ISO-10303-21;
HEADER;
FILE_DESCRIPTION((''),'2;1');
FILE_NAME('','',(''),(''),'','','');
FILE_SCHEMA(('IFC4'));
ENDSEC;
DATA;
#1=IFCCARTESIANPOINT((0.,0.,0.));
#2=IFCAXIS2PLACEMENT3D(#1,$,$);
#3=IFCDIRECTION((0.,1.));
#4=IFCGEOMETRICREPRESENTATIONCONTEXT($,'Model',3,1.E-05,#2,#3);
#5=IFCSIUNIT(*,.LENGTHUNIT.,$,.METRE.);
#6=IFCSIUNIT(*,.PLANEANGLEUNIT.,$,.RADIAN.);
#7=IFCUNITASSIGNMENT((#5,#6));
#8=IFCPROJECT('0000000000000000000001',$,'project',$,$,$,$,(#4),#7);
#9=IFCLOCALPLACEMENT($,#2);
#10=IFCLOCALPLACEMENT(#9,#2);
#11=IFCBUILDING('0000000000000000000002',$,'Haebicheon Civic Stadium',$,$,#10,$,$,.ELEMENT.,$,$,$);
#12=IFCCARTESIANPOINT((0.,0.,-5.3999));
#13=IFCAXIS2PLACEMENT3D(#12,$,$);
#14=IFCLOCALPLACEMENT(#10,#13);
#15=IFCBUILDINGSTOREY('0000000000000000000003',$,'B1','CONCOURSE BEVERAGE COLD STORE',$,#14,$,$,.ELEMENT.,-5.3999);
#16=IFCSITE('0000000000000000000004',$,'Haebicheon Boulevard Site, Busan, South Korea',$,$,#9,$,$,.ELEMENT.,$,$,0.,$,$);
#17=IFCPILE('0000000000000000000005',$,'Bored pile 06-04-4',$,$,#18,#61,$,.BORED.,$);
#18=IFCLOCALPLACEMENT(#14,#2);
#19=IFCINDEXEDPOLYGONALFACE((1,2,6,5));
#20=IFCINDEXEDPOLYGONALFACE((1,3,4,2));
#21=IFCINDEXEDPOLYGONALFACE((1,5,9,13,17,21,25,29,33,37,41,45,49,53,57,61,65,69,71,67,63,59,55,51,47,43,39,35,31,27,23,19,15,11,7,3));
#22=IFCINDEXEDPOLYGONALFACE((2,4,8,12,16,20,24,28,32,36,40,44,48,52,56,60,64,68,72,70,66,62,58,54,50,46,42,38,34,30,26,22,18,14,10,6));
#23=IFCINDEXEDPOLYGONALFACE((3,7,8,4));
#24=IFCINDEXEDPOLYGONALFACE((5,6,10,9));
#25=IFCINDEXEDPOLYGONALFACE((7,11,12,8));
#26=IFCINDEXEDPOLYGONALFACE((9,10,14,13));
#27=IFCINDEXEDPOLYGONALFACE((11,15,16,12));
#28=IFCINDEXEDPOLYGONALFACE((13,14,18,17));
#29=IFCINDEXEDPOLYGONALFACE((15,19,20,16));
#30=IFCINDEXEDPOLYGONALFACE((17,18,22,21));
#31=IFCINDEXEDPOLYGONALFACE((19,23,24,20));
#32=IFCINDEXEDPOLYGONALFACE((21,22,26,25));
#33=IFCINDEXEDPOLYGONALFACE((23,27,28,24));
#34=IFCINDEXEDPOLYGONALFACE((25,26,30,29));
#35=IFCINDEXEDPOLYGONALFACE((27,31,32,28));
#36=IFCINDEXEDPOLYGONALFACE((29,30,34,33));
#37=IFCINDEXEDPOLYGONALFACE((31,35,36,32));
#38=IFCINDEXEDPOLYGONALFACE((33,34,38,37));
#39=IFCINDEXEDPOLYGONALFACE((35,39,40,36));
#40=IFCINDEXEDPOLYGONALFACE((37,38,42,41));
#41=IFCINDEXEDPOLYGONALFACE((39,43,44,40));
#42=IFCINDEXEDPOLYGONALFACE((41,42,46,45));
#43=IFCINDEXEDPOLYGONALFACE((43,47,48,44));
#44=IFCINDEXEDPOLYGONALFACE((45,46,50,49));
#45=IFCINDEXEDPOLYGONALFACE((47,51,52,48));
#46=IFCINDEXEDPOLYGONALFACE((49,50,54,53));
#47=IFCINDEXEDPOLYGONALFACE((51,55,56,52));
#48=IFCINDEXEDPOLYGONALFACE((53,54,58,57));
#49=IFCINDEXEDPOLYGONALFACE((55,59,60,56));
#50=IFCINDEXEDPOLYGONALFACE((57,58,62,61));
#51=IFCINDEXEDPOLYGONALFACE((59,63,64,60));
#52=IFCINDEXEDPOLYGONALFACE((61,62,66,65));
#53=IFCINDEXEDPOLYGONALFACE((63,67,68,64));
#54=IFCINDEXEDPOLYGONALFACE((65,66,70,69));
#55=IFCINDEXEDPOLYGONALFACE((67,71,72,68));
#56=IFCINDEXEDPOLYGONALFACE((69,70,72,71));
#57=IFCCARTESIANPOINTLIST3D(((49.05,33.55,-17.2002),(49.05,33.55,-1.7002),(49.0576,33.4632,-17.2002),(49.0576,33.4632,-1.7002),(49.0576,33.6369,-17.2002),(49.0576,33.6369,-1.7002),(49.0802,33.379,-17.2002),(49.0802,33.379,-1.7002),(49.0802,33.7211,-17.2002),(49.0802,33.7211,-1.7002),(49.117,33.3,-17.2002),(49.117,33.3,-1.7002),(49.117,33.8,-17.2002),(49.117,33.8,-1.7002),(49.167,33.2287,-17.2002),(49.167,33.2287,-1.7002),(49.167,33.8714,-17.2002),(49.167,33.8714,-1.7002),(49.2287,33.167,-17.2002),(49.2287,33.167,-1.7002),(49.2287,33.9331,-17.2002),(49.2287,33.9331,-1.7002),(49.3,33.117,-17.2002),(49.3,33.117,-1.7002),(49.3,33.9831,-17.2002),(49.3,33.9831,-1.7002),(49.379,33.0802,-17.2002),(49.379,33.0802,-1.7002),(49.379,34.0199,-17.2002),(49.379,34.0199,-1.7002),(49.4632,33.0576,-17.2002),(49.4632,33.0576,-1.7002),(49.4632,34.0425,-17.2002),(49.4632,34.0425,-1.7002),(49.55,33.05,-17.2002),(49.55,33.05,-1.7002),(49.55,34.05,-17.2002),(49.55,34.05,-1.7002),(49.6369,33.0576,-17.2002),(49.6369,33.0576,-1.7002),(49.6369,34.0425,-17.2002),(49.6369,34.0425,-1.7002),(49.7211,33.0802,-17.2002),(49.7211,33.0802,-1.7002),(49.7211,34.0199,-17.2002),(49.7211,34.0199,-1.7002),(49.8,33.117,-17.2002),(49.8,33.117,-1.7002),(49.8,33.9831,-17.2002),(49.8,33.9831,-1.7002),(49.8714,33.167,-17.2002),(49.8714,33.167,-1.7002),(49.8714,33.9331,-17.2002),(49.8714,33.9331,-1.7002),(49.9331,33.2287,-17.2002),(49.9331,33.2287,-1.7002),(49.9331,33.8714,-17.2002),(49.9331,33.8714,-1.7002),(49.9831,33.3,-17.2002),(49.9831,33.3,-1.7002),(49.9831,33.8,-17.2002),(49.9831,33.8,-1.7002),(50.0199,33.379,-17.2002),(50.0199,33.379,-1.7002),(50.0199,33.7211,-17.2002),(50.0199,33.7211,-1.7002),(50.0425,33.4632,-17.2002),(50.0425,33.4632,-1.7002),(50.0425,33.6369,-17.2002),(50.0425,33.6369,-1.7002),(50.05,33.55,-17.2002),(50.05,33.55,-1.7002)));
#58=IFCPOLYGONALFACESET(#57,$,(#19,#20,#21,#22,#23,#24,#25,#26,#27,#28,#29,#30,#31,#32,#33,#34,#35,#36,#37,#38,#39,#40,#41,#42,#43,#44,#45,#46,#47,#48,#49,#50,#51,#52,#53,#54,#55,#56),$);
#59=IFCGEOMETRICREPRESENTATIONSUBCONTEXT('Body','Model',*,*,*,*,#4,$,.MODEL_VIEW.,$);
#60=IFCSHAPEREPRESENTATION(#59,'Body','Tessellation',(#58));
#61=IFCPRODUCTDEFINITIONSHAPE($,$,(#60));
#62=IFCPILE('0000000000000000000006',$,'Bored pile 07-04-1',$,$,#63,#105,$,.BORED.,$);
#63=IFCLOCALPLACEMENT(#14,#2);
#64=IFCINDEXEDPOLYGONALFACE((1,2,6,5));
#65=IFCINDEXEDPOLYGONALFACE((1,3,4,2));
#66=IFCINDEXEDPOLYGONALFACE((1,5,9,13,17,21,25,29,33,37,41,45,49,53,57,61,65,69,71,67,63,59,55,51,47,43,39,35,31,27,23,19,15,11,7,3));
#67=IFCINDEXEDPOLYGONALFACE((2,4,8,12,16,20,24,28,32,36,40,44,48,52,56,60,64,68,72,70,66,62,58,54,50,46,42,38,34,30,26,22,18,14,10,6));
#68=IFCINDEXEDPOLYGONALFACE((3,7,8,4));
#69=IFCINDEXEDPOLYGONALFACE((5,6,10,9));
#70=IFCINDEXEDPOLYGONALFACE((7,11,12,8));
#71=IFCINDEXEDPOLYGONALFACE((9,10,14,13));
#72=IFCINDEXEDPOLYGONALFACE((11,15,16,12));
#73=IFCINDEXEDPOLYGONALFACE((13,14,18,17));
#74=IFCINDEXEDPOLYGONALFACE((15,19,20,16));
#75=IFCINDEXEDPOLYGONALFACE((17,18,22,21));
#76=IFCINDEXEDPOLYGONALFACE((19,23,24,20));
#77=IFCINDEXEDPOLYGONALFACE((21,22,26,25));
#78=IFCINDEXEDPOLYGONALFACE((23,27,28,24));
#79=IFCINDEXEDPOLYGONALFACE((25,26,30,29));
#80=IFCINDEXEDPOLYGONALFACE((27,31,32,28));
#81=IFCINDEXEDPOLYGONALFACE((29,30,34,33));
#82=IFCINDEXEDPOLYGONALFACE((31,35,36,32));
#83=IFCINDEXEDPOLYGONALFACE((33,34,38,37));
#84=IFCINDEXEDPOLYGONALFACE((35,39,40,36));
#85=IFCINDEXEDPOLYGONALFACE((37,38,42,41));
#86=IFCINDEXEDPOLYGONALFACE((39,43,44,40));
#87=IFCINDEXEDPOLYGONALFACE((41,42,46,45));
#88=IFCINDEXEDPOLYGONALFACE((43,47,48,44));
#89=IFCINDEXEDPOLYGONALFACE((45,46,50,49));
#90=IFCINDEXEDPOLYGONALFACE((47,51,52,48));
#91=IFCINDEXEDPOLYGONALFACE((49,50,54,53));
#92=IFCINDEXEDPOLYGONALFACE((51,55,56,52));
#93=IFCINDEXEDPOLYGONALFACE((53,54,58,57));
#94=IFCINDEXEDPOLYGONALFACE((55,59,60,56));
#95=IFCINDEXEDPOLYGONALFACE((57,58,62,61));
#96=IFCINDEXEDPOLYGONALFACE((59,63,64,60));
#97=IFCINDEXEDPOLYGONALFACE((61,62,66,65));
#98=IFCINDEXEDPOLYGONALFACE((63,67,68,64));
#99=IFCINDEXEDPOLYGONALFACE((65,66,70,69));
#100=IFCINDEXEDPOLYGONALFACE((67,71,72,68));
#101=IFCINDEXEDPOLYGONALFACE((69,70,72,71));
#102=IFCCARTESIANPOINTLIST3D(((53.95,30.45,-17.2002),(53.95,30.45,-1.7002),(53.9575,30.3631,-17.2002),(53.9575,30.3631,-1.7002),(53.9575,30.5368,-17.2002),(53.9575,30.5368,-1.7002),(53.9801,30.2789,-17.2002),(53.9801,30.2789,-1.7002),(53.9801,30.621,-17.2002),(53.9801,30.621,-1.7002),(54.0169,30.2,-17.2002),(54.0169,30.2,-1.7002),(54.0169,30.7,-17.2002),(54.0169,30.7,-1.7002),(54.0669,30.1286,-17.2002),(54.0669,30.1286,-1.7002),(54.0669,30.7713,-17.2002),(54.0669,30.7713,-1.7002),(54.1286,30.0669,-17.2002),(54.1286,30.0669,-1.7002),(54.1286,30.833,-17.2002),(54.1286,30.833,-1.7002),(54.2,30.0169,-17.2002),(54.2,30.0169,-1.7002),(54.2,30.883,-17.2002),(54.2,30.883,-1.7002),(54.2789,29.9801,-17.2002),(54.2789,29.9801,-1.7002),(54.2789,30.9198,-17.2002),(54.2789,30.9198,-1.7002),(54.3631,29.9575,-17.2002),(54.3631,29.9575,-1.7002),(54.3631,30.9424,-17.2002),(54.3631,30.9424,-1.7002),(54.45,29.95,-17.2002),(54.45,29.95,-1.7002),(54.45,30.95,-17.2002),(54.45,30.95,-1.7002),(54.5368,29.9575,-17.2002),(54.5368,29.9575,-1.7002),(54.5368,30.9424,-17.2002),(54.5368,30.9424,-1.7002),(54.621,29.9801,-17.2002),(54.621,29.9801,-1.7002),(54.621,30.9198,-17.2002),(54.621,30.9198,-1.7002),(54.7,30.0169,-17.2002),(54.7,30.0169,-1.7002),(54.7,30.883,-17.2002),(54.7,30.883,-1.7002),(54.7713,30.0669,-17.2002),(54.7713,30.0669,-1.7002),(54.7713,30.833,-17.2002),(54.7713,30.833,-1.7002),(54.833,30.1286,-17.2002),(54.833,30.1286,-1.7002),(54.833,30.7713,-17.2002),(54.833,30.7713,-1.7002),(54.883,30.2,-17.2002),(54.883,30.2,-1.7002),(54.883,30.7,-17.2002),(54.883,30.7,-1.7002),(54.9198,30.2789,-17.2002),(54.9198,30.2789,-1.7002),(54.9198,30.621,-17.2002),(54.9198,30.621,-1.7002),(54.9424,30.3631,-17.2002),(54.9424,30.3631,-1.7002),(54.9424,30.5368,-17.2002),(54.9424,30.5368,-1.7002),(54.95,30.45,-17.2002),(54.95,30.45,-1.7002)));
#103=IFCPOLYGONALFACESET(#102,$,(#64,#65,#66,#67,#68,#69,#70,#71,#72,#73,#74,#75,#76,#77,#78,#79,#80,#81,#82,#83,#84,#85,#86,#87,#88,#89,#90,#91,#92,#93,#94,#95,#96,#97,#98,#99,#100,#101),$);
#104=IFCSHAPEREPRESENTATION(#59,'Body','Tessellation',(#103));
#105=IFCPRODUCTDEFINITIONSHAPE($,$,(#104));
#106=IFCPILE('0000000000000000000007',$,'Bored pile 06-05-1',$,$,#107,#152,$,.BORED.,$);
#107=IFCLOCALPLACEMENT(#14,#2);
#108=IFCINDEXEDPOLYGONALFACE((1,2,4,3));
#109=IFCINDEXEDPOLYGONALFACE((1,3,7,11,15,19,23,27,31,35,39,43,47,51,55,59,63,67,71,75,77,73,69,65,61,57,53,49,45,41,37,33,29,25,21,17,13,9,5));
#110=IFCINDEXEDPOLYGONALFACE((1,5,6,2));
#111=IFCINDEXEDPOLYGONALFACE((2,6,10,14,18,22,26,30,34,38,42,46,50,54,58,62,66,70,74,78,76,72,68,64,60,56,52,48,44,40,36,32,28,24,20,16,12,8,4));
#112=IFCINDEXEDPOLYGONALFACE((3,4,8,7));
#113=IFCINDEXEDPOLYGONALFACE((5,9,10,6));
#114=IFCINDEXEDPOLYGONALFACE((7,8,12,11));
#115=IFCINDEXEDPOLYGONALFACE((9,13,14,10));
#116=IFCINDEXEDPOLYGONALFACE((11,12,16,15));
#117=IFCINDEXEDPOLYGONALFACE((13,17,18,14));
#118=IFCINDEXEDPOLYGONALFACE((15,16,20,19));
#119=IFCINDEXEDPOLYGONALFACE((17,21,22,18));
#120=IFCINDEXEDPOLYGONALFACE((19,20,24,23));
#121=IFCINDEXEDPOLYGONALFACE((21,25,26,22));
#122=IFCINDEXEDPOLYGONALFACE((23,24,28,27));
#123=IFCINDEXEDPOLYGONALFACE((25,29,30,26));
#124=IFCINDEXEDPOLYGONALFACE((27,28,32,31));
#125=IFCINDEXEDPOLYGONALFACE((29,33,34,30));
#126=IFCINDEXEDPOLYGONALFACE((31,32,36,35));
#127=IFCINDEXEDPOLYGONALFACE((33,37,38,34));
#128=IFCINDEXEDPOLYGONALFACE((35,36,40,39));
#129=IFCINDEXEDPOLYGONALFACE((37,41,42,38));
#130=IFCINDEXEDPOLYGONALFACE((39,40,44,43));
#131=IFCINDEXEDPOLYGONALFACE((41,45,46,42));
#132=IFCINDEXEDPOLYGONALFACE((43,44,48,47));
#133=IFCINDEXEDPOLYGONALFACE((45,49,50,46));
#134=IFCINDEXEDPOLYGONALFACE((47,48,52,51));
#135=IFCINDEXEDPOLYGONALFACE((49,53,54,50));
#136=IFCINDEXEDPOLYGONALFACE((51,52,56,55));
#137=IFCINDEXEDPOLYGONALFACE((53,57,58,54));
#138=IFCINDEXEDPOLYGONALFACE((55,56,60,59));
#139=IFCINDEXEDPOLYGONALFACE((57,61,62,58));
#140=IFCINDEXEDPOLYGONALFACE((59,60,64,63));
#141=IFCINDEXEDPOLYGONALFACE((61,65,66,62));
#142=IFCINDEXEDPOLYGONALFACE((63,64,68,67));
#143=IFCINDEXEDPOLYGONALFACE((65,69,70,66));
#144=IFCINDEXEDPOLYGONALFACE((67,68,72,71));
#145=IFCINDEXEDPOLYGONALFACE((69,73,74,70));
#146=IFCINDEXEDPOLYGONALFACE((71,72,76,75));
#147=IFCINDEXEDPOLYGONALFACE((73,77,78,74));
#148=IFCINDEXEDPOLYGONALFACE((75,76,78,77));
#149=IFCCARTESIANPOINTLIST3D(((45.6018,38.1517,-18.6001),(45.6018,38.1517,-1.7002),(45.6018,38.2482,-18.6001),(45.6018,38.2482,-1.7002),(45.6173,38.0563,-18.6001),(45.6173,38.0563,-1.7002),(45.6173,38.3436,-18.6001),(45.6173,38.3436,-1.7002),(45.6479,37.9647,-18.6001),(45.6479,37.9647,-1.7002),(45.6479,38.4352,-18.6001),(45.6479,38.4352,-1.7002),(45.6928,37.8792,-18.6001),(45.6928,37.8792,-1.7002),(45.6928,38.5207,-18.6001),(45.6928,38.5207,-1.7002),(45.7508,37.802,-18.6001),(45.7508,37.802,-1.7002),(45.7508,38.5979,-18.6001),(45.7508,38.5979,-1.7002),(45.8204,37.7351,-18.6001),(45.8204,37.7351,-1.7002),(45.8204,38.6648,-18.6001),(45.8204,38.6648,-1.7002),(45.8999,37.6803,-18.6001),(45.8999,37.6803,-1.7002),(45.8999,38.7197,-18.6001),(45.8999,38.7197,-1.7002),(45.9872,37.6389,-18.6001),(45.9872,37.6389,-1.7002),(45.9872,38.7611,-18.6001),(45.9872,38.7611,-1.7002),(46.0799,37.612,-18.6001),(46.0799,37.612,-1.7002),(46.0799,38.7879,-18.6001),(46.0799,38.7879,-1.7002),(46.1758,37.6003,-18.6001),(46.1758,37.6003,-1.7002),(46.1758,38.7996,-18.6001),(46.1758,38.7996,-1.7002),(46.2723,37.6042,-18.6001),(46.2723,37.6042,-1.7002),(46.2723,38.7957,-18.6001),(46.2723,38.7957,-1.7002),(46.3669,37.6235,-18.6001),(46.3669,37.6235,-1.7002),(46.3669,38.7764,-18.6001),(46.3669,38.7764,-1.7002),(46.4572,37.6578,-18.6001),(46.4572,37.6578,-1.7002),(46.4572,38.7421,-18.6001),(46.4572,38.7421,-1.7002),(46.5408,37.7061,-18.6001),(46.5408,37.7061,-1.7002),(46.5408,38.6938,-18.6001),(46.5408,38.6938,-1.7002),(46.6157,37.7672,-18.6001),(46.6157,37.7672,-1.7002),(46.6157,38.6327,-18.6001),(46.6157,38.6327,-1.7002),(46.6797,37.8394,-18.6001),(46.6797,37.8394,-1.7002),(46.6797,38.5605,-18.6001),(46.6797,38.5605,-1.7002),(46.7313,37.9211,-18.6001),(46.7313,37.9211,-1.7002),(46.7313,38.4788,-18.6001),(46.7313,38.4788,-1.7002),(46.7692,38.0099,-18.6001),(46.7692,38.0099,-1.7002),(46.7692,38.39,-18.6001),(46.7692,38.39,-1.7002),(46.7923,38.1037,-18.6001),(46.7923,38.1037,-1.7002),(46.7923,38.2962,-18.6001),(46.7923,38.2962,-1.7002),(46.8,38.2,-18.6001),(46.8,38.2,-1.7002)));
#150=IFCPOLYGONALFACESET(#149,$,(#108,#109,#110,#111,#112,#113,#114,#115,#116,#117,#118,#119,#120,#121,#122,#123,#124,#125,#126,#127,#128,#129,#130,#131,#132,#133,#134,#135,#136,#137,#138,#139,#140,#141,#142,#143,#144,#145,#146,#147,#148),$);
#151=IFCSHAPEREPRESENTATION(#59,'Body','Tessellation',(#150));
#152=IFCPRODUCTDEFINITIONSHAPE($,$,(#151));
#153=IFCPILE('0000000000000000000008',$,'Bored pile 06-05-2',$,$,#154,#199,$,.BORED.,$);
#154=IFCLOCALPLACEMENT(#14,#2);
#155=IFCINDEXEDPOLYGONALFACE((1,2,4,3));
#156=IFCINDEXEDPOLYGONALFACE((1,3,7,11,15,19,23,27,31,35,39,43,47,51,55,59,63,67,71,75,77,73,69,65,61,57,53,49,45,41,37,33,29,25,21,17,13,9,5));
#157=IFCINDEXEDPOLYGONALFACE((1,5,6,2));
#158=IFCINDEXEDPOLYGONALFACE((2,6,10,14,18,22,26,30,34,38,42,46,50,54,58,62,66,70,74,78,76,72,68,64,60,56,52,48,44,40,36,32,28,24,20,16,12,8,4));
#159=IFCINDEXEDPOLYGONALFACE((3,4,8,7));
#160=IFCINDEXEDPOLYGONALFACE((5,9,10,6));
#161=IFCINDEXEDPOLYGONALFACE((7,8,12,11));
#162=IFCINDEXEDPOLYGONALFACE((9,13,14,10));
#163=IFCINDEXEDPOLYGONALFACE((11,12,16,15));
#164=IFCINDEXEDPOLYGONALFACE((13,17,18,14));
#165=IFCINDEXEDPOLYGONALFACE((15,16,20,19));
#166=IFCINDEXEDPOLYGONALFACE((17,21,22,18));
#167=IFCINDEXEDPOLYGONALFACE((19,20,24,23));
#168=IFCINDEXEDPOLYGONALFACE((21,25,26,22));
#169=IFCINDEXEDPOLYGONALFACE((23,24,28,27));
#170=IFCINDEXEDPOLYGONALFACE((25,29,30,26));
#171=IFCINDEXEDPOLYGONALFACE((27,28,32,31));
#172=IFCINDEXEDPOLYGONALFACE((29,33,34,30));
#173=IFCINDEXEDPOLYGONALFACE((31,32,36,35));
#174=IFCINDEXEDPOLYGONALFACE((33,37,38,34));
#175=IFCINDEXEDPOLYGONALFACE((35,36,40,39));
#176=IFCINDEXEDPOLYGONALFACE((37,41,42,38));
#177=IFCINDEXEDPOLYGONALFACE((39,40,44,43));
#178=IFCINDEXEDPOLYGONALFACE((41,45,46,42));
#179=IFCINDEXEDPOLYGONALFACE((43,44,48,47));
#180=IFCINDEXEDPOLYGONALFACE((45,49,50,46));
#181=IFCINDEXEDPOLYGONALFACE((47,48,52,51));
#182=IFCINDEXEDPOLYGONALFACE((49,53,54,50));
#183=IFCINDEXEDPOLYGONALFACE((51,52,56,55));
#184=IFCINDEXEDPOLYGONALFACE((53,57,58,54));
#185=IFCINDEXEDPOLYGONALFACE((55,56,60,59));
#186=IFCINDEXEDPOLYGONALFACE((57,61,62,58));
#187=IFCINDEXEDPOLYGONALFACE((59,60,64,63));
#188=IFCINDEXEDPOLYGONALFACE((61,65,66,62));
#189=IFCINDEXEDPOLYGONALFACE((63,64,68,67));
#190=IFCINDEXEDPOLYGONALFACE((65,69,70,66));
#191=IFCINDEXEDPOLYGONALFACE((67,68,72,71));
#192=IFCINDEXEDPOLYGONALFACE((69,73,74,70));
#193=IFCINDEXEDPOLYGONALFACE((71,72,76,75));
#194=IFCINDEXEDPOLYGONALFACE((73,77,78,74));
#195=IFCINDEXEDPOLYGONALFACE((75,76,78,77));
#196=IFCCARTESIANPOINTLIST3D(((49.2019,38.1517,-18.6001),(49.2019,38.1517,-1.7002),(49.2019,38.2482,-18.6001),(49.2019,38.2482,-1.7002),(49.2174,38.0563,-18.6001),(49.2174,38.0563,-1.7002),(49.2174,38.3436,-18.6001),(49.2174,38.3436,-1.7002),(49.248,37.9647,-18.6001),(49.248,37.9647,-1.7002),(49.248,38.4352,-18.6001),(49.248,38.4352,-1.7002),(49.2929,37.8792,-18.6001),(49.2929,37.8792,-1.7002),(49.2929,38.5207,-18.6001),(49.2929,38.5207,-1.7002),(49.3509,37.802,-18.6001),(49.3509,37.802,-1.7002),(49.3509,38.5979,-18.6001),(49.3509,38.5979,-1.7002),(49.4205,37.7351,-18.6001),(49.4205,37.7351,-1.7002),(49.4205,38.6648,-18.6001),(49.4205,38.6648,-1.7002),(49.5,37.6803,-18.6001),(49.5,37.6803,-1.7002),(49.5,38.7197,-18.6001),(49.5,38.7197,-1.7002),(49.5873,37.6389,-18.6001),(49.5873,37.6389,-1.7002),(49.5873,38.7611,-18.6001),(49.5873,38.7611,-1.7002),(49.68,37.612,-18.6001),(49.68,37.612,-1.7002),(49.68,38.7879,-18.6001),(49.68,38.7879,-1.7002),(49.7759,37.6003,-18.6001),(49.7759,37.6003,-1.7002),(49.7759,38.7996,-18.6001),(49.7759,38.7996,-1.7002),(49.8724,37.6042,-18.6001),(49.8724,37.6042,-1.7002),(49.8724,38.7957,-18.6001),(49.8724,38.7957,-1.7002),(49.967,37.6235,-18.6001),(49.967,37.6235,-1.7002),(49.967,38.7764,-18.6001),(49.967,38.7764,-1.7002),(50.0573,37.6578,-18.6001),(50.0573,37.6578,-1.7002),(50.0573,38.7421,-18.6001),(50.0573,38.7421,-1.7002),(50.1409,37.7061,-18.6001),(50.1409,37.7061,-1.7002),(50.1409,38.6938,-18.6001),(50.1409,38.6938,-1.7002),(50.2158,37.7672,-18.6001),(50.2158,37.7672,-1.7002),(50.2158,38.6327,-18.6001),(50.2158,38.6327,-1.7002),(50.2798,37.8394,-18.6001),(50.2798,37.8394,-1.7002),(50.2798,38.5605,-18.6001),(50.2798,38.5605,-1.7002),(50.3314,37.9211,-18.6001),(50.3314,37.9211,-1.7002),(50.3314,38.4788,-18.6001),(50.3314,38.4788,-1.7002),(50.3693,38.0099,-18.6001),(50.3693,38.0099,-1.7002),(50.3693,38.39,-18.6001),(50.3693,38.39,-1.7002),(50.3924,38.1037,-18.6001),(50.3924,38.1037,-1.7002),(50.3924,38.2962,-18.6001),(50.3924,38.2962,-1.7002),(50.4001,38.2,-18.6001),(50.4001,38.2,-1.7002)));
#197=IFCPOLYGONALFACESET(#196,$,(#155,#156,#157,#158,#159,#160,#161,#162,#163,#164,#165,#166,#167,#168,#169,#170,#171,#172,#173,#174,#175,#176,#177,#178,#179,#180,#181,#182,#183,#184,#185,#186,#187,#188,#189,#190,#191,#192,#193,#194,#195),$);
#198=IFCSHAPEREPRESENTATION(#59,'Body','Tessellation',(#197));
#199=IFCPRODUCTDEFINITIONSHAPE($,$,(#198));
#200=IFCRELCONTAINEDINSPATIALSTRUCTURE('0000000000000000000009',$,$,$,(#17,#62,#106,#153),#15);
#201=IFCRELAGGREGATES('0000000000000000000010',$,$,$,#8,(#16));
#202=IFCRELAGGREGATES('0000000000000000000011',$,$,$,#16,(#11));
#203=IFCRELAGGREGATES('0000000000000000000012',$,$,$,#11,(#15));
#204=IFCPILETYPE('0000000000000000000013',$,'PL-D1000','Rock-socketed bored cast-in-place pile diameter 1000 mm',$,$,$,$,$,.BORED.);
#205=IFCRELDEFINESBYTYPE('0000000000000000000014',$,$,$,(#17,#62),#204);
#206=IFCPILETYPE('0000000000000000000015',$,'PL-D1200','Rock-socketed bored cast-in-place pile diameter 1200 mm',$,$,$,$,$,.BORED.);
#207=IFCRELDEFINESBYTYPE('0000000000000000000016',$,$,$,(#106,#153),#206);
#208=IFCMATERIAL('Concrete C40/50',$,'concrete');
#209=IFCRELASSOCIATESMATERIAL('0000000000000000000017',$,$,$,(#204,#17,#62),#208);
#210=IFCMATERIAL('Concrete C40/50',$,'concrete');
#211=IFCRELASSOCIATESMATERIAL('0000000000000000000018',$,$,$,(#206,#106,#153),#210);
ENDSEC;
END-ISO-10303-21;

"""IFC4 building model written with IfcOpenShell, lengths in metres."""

from ifc_helpers import new_model, si_unit, direction, frame, origin, origin_2d, place, context, subcontext, project, spatial, circle, extrude, material, material_profile, profile_set, type_object, element, save


model = new_model("IFC4")

# Units and contexts
model_context = context("Model", 3, precision=1e-05, world=origin(), true_north=direction((0.0, 1.0)))
body_context = subcontext(model_context, "Body", "Model", "MODEL_VIEW")
ifc_project = project(units=[si_unit("LENGTHUNIT", "METRE"), si_unit("PLANEANGLEUNIT", "RADIAN")], contexts=[model_context])

# Site, building, storey
site_placement = place(None, origin())
site = spatial("IfcSite", under=ifc_project, at=site_placement, Name="Haebicheon Boulevard Site, Busan, South Korea", CompositionType="ELEMENT", RefElevation=0.0)
building_placement = place(site_placement, origin())
building = spatial("IfcBuilding", under=site, at=building_placement, Name="Haebicheon Civic Stadium", CompositionType="ELEMENT")
storey_placement = place(building_placement, frame((0.0, 0.0, -5.3999)))
storey = spatial("IfcBuildingStorey", under=building, at=storey_placement, Name="B1", Description="CONCOURSE BEVERAGE COLD STORE", CompositionType="ELEMENT", Elevation=-5.3999)

# Piles
ifc_material_1 = material(Name="Concrete C40/50", Category="concrete")
ifc_material_profile_1 = material_profile(ifc_material_1, circle(Radius=0.5, at=origin_2d()), Name="PILE-D1000")
ifc_profile_set_1 = profile_set([ifc_material_profile_1], Name="Concrete C40/50")
pile_type_1 = type_object("IfcPileType", Name="PL-D1000", Description="Rock-socketed bored cast-in-place pile diameter 1000 mm", PredefinedType="BORED", material=ifc_profile_set_1)
for number, where, z_axis, x_axis, name in (
    (1, (49.55, 33.55, -1.7002), (0.0, 0.0, -1.0), (1.0, 0.0, 0.0), "Bored pile 06-04-4"),
    (2, (54.45, 30.45, -1.7002), (0.0, 0.0, -1.0), (1.0, 0.0, 0.0), "Bored pile 07-04-1"),
):
    element("IfcPile", number, at=place(storey_placement, frame(where, z_axis=z_axis, x_axis=x_axis)), inside=storey, type_object=pile_type_1, material=ifc_profile_set_1, Name=name, PredefinedType="BORED", context=body_context, shape_type="SweptSolid", body=[
        extrude(circle(Radius=0.5, at=origin_2d()), origin(), (0.0, 0.0, 1.0), 15.5),
    ])
ifc_material_2 = material(Name="Concrete C40/50", Category="concrete")
ifc_material_profile_2 = material_profile(ifc_material_2, circle(Radius=0.6001, at=origin_2d()), Name="PILE-D1200")
ifc_profile_set_2 = profile_set([ifc_material_profile_2], Name="Concrete C40/50")
pile_type_2 = type_object("IfcPileType", Name="PL-D1200", Description="Rock-socketed bored cast-in-place pile diameter 1200 mm", PredefinedType="BORED", material=ifc_profile_set_2)
for number, where, z_axis, x_axis, name in (
    (3, (46.2, 38.2, -1.7002), (0.0, 0.0, -1.0), (1.0, 0.0, 0.0), "Bored pile 06-05-1"),
    (4, (49.8, 38.2, -1.7002), (0.0, 0.0, -1.0), (1.0, 0.0, 0.0), "Bored pile 06-05-2"),
):
    element("IfcPile", number, at=place(storey_placement, frame(where, z_axis=z_axis, x_axis=x_axis)), inside=storey, type_object=pile_type_2, material=ifc_profile_set_2, Name=name, PredefinedType="BORED", context=body_context, shape_type="SweptSolid", body=[
        extrude(circle(Radius=0.6001, at=origin_2d()), origin(), (0.0, 0.0, 1.0), 16.8999),
    ])

save(model, "model.ifc")
